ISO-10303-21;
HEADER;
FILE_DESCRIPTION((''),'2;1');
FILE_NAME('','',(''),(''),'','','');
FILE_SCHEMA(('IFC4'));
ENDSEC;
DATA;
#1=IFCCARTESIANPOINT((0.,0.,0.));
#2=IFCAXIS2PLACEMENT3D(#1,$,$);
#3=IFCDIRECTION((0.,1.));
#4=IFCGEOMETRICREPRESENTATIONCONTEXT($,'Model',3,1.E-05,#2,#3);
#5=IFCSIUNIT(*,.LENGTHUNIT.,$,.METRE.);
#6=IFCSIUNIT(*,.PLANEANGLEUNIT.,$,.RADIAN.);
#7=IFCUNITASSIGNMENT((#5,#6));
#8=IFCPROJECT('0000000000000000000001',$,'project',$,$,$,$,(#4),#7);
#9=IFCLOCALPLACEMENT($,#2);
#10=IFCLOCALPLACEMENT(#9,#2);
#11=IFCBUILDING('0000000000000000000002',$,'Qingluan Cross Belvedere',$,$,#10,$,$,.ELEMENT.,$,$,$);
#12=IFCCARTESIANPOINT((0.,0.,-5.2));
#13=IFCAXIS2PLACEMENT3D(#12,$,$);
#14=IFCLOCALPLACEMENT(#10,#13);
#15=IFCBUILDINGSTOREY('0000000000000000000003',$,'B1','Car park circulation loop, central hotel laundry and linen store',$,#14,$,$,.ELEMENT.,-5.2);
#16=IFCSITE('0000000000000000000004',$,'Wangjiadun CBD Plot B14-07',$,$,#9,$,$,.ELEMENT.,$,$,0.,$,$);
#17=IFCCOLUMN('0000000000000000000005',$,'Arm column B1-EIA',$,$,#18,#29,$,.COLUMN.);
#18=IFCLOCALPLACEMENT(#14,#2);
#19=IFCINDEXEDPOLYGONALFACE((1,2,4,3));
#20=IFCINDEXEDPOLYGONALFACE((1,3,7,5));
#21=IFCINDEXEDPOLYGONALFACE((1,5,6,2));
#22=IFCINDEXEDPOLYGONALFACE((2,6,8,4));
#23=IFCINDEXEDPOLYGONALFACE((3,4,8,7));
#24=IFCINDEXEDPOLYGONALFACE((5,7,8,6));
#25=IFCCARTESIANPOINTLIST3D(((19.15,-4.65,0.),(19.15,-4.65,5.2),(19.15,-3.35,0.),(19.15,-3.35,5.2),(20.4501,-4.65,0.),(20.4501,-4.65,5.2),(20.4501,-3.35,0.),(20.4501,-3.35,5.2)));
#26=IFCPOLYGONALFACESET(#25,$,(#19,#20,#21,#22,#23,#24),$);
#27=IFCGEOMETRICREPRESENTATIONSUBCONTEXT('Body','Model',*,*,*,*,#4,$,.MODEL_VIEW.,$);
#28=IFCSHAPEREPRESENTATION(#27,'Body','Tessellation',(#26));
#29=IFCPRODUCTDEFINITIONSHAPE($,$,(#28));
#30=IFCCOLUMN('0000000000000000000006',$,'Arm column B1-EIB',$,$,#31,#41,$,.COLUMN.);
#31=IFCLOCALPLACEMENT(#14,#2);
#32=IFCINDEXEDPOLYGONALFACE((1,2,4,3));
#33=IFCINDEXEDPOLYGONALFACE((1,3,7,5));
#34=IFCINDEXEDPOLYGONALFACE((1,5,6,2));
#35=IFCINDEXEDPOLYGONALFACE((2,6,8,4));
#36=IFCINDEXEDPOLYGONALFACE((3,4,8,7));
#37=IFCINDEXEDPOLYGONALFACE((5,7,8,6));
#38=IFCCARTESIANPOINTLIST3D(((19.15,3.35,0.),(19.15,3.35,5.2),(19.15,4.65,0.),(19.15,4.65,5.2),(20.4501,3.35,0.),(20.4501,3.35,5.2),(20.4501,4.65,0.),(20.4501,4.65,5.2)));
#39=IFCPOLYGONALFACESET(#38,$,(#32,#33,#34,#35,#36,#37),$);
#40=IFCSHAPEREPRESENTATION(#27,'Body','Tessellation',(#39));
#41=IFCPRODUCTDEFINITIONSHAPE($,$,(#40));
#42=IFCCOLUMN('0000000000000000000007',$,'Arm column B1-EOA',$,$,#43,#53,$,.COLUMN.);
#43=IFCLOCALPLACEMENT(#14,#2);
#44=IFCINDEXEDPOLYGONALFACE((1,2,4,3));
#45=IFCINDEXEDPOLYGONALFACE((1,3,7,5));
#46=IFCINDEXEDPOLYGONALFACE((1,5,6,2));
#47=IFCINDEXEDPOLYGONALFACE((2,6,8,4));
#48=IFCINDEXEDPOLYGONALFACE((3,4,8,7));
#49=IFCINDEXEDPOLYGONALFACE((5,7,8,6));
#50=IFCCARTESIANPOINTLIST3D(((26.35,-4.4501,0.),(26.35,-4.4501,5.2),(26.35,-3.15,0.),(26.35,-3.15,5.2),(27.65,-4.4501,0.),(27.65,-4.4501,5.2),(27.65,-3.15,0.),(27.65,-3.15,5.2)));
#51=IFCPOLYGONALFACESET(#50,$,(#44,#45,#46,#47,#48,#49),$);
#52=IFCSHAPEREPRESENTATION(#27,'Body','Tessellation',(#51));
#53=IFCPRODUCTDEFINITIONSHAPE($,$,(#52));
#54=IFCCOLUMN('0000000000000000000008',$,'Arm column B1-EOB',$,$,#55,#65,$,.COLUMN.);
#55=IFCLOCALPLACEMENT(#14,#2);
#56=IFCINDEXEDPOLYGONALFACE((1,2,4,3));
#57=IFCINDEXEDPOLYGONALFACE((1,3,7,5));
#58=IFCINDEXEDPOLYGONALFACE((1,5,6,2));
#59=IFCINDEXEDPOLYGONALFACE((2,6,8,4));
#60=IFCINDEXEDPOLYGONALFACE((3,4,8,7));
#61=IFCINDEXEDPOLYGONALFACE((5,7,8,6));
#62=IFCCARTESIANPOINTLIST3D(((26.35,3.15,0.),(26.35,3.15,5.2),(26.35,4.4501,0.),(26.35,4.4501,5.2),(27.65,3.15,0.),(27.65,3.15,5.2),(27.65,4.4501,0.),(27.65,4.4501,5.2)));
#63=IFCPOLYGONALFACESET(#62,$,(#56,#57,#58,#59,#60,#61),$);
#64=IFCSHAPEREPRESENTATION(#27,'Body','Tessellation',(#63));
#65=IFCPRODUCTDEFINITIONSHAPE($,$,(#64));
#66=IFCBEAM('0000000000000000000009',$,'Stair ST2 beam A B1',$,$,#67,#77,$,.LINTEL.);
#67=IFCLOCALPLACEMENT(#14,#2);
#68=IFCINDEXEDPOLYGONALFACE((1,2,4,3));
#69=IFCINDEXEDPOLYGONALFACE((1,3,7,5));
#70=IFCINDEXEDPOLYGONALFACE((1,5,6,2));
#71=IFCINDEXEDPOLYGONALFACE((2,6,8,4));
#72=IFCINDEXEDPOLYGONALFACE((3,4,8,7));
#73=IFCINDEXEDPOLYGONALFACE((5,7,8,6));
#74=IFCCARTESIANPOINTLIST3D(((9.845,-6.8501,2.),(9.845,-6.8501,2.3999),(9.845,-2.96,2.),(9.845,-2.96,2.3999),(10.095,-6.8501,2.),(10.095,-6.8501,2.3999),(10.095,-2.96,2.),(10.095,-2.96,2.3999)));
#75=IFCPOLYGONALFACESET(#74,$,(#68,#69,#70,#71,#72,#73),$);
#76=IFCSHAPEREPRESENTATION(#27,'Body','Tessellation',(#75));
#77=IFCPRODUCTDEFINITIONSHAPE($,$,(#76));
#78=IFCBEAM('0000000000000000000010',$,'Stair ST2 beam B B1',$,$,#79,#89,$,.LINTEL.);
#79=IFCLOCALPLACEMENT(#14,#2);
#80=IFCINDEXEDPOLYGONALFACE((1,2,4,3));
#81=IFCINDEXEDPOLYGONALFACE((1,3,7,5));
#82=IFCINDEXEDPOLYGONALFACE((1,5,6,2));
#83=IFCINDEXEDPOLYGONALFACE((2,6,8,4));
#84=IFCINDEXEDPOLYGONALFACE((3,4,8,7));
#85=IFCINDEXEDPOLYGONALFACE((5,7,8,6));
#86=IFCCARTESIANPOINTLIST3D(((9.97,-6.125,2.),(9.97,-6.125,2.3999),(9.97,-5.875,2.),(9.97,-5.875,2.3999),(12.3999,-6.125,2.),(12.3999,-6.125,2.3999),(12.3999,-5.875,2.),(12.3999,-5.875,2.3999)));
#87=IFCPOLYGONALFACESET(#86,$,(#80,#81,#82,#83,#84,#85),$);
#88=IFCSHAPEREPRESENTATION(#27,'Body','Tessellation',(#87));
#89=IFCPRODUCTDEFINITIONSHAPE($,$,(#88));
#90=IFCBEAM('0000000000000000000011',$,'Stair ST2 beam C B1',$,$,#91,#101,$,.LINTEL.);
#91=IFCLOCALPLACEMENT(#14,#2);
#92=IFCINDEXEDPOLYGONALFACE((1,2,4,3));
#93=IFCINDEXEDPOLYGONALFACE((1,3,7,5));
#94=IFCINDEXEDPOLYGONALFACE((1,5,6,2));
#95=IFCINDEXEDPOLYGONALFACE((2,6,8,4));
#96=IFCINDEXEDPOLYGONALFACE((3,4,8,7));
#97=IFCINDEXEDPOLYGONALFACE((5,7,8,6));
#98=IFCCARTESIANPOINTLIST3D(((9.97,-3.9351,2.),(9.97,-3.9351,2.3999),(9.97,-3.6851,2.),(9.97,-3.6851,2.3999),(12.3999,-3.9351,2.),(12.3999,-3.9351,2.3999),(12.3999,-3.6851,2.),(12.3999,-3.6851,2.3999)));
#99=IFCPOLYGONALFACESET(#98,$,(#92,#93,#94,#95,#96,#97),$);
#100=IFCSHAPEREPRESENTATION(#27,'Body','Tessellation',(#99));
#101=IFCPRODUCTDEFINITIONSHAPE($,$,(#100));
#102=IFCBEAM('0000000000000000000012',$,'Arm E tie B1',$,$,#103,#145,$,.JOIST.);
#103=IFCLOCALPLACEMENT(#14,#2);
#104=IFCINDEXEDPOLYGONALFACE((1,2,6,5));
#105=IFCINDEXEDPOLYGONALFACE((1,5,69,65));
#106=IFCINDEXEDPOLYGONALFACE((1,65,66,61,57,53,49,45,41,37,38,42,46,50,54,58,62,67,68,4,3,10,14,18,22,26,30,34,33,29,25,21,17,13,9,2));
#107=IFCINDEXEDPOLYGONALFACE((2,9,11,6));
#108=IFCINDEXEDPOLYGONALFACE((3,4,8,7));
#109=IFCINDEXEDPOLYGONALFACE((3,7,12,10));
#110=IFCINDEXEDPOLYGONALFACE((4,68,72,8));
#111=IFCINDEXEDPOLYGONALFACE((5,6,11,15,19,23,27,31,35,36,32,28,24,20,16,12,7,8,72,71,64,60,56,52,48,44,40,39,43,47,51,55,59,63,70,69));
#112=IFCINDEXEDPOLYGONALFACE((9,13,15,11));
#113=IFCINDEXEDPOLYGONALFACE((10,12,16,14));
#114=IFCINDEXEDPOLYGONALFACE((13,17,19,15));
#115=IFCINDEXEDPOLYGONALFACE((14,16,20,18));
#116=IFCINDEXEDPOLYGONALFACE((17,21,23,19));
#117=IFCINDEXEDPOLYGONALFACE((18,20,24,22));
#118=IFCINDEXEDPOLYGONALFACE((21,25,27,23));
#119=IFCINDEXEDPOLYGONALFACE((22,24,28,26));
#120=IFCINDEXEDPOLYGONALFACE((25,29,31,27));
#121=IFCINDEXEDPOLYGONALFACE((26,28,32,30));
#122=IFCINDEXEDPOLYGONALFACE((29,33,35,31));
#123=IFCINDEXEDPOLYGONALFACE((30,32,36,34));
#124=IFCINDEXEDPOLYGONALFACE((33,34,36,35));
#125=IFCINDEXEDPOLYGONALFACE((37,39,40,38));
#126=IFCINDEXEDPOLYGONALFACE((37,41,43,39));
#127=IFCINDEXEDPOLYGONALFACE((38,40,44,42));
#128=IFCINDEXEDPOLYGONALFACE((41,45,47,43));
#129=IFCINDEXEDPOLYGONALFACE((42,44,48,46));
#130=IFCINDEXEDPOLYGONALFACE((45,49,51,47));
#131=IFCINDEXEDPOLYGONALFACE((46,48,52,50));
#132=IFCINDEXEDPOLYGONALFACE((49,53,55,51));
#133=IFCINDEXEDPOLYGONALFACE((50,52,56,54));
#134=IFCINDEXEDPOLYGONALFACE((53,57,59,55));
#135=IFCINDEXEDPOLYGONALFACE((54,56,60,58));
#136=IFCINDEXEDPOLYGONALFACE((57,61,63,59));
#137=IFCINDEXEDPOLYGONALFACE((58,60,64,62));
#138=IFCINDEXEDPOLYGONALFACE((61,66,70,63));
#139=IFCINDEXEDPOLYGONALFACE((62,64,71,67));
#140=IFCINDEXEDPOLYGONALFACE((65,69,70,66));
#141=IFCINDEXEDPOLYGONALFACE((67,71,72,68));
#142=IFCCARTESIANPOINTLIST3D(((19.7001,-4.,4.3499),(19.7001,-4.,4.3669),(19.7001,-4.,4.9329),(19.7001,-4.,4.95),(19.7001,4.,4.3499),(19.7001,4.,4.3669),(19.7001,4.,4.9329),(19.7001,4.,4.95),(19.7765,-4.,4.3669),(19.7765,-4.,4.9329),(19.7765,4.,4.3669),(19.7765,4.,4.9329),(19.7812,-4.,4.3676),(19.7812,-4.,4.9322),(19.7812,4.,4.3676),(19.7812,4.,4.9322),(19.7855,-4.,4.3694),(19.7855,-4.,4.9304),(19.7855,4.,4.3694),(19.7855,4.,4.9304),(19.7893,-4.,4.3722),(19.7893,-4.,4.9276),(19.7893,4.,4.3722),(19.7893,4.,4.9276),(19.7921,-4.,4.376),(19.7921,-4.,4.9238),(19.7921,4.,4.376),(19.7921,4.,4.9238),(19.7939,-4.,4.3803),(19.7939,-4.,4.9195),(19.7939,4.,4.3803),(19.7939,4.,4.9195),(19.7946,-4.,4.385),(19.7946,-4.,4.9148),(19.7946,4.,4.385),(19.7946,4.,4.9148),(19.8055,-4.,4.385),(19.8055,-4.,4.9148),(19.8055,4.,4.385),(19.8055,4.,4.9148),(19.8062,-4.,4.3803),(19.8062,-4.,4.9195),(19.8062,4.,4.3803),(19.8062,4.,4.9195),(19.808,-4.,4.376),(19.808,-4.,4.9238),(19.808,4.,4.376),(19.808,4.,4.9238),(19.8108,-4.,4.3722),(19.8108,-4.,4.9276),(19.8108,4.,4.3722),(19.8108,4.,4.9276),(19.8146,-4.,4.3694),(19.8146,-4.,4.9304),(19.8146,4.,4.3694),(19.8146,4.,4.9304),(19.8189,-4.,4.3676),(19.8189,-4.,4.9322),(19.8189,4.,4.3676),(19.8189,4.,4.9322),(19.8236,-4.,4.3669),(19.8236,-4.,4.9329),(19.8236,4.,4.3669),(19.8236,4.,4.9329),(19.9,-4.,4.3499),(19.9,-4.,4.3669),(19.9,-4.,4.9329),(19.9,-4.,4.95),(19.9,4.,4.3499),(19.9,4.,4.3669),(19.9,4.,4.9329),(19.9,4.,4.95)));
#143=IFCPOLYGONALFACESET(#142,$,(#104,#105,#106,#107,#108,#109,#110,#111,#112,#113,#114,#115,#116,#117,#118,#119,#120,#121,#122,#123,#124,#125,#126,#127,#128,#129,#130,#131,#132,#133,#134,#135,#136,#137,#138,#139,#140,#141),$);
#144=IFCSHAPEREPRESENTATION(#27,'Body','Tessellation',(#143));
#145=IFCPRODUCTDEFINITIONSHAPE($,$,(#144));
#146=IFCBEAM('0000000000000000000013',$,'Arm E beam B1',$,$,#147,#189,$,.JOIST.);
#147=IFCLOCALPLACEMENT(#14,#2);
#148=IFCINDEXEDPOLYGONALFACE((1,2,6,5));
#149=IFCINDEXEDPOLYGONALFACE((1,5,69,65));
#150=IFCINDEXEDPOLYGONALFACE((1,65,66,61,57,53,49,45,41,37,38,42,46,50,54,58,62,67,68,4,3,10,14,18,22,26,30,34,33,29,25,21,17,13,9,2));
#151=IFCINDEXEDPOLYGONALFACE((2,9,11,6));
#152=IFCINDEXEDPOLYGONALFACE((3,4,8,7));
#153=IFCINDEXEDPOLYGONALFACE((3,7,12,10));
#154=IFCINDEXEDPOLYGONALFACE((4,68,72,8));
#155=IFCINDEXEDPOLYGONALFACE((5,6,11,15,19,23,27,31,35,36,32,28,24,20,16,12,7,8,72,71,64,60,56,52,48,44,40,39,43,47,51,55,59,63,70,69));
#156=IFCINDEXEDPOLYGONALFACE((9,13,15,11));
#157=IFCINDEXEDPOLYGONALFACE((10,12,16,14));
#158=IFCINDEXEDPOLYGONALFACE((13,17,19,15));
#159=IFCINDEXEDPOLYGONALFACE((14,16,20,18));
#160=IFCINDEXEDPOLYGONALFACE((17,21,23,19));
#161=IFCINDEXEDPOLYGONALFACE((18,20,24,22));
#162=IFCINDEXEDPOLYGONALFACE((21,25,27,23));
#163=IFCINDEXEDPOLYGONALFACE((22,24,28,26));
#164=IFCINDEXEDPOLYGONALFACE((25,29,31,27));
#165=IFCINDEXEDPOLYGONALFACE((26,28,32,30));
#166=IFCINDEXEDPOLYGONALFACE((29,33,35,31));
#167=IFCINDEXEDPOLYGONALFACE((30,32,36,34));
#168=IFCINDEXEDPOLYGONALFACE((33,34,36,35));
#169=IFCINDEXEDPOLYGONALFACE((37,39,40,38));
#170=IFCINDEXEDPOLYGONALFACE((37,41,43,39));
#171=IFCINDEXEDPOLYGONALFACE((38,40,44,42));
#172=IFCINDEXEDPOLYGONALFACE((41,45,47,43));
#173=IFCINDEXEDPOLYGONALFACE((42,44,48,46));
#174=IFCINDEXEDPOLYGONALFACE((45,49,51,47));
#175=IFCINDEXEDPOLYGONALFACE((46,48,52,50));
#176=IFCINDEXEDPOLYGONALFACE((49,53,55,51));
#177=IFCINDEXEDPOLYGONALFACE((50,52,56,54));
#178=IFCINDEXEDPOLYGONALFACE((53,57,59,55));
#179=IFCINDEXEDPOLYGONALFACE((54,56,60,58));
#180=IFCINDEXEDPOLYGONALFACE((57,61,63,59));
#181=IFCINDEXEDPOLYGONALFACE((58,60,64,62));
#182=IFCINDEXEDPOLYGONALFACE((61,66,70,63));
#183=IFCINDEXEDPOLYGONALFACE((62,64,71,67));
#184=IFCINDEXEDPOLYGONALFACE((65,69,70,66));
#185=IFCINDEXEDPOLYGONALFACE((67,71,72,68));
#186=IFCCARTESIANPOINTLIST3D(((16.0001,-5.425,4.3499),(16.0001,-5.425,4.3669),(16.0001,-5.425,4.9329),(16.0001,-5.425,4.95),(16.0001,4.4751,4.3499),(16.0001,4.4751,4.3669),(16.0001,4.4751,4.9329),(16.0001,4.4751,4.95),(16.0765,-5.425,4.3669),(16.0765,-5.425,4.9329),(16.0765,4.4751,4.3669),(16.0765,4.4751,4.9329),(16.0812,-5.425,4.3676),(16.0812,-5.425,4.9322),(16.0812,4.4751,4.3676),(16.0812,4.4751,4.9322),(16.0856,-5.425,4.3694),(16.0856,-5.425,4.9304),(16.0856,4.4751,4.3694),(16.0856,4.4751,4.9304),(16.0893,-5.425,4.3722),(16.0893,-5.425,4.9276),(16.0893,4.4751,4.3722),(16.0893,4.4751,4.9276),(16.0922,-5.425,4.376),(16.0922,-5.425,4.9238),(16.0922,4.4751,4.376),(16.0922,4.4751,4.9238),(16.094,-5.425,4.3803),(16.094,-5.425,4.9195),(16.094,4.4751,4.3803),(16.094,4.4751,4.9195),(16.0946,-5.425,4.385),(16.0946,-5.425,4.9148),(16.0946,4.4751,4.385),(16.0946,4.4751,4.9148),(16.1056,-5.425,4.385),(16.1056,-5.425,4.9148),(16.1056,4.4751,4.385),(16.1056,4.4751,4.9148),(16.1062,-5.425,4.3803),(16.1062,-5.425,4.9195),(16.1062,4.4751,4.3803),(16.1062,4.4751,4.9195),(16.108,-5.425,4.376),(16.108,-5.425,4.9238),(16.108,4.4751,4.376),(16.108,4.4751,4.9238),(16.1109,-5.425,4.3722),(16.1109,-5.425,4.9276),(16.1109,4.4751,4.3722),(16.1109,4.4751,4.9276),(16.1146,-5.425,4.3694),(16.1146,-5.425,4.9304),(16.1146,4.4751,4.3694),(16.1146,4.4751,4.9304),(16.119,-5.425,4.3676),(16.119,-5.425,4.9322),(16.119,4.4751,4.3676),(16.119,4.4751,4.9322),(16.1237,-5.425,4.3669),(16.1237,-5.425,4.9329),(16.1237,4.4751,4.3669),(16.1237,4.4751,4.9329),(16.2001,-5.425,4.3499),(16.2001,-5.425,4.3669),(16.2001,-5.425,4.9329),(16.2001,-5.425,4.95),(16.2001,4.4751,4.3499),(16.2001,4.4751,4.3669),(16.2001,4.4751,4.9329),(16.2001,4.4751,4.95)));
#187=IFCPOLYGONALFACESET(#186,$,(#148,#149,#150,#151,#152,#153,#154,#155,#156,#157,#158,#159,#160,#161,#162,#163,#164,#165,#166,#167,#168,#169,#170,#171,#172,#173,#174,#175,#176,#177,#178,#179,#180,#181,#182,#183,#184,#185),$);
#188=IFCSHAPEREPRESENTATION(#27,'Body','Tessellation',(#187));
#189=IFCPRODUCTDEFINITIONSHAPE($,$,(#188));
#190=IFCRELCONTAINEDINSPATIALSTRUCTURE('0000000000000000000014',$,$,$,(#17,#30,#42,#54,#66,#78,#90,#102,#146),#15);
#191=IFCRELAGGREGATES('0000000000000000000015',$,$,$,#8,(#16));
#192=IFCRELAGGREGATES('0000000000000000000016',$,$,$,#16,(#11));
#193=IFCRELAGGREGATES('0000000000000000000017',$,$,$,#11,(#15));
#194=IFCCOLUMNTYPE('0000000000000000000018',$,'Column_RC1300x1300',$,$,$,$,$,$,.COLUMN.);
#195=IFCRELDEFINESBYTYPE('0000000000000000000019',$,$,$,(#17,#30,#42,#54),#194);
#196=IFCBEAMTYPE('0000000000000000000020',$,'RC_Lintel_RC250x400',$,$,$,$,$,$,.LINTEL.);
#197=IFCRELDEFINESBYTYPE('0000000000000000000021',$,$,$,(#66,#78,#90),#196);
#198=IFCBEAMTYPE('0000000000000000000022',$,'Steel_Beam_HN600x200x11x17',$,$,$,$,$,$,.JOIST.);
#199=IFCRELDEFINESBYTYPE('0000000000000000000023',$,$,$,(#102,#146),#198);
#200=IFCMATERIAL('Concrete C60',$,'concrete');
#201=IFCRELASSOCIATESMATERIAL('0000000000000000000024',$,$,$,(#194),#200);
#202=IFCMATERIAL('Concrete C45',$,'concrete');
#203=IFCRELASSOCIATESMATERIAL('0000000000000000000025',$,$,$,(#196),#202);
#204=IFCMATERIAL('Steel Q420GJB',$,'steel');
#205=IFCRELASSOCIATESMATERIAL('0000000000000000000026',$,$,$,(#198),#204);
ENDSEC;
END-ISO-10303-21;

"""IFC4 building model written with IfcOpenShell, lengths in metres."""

from ifc_helpers import new_model, si_unit, direction, frame, origin, origin_2d, place, context, subcontext, project, spatial, rectangle, i_section, extrude, material, material_profile, profile_set, type_object, element, save


model = new_model("IFC4")

# Units and contexts
model_context = context("Model", 3, precision=1e-05, world=origin(), true_north=direction((0.0, 1.0)))
body_context = subcontext(model_context, "Body", "Model", "MODEL_VIEW")
ifc_project = project(units=[si_unit("LENGTHUNIT", "METRE"), si_unit("PLANEANGLEUNIT", "RADIAN")], contexts=[model_context])

# Site, building, storey
site_placement = place(None, origin())
site = spatial("IfcSite", under=ifc_project, at=site_placement, Name="Wangjiadun CBD Plot B14-07", CompositionType="ELEMENT", RefElevation=0.0)
building_placement = place(site_placement, origin())
building = spatial("IfcBuilding", under=site, at=building_placement, Name="Qingluan Cross Belvedere", CompositionType="ELEMENT")
storey_placement = place(building_placement, frame((0.0, 0.0, -5.2)))
storey = spatial("IfcBuildingStorey", under=building, at=storey_placement, Name="B1", Description="Car park circulation loop, central hotel laundry and linen store", CompositionType="ELEMENT", Elevation=-5.2)

# Columns
ifc_material_1 = material(Name="Concrete C60", Category="concrete")
ifc_material_profile_1 = material_profile(ifc_material_1, rectangle(XDim=1.3, YDim=1.3, at=origin_2d()), Name="RC1300x1300")
ifc_profile_set_1 = profile_set([ifc_material_profile_1], Name="Concrete C60")
column_type = type_object("IfcColumnType", Name="Column_RC1300x1300", PredefinedType="COLUMN", material=ifc_profile_set_1)
for number, where, z_axis, x_axis, name in (
    (1, (19.8, -4.0, 0.0), (0.0, 0.0, 1.0), (1.0, 0.0, 0.0), "Arm column B1-EIA"),
    (2, (19.8, 4.0, 0.0), (0.0, 0.0, 1.0), (1.0, 0.0, 0.0), "Arm column B1-EIB"),
    (3, (27.0, -3.8, 0.0), (0.0, 0.0, 1.0), (1.0, 0.0, 0.0), "Arm column B1-EOA"),
    (4, (27.0, 3.8, 0.0), (0.0, 0.0, 1.0), (1.0, 0.0, 0.0), "Arm column B1-EOB"),
):
    element("IfcColumn", number, at=place(storey_placement, frame(where, z_axis=z_axis, x_axis=x_axis)), inside=storey, type_object=column_type, Name=name, PredefinedType="COLUMN", context=body_context, shape_type="SweptSolid", body=[
        extrude(rectangle(XDim=1.3, YDim=1.3, at=origin_2d()), origin(), (0.0, 0.0, 1.0), 5.2),
    ])

# Beams
ifc_material_2 = material(Name="Concrete C45", Category="concrete")
ifc_material_profile_2 = material_profile(ifc_material_2, rectangle(XDim=0.25, YDim=0.3999, at=origin_2d()), Name="RC250x400")
ifc_profile_set_2 = profile_set([ifc_material_profile_2], Name="Concrete C45")
beam_type_1 = type_object("IfcBeamType", Name="RC_Lintel_RC250x400", PredefinedType="LINTEL", material=ifc_profile_set_2)
beam_1_placement = place(storey_placement, frame((9.97, -6.8501, 2.2), z_axis=(0.0, 1.0, 0.0), x_axis=(-1.0, 0.0, 0.0)))
element("IfcBeam", 5, at=beam_1_placement, inside=storey, type_object=beam_type_1, Name="Stair ST2 beam A B1", PredefinedType="LINTEL", context=body_context, shape_type="SweptSolid", body=[
    extrude(rectangle(XDim=0.25, YDim=0.3999, at=origin_2d()), origin(), (0.0, 0.0, 1.0), 3.8901),
])
for number, where, z_axis, x_axis, name in (
    (6, (12.3999, -6.0, 2.2), (-1.0, 0.0, 0.0), (0.0, -1.0, 0.0), "Stair ST2 beam B B1"),
    (7, (12.3999, -3.8101, 2.2), (-1.0, 0.0, 0.0), (0.0, -1.0, 0.0), "Stair ST2 beam C B1"),
):
    element("IfcBeam", number, at=place(storey_placement, frame(where, z_axis=z_axis, x_axis=x_axis)), inside=storey, type_object=beam_type_1, Name=name, PredefinedType="LINTEL", context=body_context, shape_type="SweptSolid", body=[
        extrude(rectangle(XDim=0.25, YDim=0.3999, at=origin_2d()), origin(), (0.0, 0.0, 1.0), 2.4299),
    ])
ifc_material_3 = material(Name="Steel Q420GJB", Category="steel")
ifc_material_profile_3 = material_profile(ifc_material_3, i_section(OverallWidth=0.2, OverallDepth=0.6001, WebThickness=0.011, FlangeThickness=0.0171, FilletRadius=0.0181, at=origin_2d()), Name="HN600x200x11x17")
ifc_profile_set_3 = profile_set([ifc_material_profile_3], Name="Steel Q420GJB")
beam_type_2 = type_object("IfcBeamType", Name="Steel_Beam_HN600x200x11x17", PredefinedType="JOIST", material=ifc_profile_set_3)
beam_2_placement = place(storey_placement, frame((19.8, -4.0, 4.6499), z_axis=(0.0, 1.0, 0.0), x_axis=(-1.0, 0.0, 0.0)))
element("IfcBeam", 8, at=beam_2_placement, inside=storey, type_object=beam_type_2, Name="Arm E tie B1", PredefinedType="JOIST", context=body_context, shape_type="SweptSolid", body=[
    extrude(i_section(OverallWidth=0.2, OverallDepth=0.6001, WebThickness=0.011, FlangeThickness=0.0171, FilletRadius=0.0181, at=origin_2d()), origin(), (0.0, 0.0, 1.0), 8.0),
])
beam_3_placement = place(storey_placement, frame((16.1001, -5.425, 4.6499), z_axis=(0.0, 1.0, 0.0), x_axis=(-1.0, 0.0, 0.0)))
element("IfcBeam", 9, at=beam_3_placement, inside=storey, type_object=beam_type_2, Name="Arm E beam B1", PredefinedType="JOIST", context=body_context, shape_type="SweptSolid", body=[
    extrude(i_section(OverallWidth=0.2, OverallDepth=0.6001, WebThickness=0.011, FlangeThickness=0.0171, FilletRadius=0.0181, at=origin_2d()), origin(), (0.0, 0.0, 1.0), 9.9001),
])

save(model, "model.ifc")
